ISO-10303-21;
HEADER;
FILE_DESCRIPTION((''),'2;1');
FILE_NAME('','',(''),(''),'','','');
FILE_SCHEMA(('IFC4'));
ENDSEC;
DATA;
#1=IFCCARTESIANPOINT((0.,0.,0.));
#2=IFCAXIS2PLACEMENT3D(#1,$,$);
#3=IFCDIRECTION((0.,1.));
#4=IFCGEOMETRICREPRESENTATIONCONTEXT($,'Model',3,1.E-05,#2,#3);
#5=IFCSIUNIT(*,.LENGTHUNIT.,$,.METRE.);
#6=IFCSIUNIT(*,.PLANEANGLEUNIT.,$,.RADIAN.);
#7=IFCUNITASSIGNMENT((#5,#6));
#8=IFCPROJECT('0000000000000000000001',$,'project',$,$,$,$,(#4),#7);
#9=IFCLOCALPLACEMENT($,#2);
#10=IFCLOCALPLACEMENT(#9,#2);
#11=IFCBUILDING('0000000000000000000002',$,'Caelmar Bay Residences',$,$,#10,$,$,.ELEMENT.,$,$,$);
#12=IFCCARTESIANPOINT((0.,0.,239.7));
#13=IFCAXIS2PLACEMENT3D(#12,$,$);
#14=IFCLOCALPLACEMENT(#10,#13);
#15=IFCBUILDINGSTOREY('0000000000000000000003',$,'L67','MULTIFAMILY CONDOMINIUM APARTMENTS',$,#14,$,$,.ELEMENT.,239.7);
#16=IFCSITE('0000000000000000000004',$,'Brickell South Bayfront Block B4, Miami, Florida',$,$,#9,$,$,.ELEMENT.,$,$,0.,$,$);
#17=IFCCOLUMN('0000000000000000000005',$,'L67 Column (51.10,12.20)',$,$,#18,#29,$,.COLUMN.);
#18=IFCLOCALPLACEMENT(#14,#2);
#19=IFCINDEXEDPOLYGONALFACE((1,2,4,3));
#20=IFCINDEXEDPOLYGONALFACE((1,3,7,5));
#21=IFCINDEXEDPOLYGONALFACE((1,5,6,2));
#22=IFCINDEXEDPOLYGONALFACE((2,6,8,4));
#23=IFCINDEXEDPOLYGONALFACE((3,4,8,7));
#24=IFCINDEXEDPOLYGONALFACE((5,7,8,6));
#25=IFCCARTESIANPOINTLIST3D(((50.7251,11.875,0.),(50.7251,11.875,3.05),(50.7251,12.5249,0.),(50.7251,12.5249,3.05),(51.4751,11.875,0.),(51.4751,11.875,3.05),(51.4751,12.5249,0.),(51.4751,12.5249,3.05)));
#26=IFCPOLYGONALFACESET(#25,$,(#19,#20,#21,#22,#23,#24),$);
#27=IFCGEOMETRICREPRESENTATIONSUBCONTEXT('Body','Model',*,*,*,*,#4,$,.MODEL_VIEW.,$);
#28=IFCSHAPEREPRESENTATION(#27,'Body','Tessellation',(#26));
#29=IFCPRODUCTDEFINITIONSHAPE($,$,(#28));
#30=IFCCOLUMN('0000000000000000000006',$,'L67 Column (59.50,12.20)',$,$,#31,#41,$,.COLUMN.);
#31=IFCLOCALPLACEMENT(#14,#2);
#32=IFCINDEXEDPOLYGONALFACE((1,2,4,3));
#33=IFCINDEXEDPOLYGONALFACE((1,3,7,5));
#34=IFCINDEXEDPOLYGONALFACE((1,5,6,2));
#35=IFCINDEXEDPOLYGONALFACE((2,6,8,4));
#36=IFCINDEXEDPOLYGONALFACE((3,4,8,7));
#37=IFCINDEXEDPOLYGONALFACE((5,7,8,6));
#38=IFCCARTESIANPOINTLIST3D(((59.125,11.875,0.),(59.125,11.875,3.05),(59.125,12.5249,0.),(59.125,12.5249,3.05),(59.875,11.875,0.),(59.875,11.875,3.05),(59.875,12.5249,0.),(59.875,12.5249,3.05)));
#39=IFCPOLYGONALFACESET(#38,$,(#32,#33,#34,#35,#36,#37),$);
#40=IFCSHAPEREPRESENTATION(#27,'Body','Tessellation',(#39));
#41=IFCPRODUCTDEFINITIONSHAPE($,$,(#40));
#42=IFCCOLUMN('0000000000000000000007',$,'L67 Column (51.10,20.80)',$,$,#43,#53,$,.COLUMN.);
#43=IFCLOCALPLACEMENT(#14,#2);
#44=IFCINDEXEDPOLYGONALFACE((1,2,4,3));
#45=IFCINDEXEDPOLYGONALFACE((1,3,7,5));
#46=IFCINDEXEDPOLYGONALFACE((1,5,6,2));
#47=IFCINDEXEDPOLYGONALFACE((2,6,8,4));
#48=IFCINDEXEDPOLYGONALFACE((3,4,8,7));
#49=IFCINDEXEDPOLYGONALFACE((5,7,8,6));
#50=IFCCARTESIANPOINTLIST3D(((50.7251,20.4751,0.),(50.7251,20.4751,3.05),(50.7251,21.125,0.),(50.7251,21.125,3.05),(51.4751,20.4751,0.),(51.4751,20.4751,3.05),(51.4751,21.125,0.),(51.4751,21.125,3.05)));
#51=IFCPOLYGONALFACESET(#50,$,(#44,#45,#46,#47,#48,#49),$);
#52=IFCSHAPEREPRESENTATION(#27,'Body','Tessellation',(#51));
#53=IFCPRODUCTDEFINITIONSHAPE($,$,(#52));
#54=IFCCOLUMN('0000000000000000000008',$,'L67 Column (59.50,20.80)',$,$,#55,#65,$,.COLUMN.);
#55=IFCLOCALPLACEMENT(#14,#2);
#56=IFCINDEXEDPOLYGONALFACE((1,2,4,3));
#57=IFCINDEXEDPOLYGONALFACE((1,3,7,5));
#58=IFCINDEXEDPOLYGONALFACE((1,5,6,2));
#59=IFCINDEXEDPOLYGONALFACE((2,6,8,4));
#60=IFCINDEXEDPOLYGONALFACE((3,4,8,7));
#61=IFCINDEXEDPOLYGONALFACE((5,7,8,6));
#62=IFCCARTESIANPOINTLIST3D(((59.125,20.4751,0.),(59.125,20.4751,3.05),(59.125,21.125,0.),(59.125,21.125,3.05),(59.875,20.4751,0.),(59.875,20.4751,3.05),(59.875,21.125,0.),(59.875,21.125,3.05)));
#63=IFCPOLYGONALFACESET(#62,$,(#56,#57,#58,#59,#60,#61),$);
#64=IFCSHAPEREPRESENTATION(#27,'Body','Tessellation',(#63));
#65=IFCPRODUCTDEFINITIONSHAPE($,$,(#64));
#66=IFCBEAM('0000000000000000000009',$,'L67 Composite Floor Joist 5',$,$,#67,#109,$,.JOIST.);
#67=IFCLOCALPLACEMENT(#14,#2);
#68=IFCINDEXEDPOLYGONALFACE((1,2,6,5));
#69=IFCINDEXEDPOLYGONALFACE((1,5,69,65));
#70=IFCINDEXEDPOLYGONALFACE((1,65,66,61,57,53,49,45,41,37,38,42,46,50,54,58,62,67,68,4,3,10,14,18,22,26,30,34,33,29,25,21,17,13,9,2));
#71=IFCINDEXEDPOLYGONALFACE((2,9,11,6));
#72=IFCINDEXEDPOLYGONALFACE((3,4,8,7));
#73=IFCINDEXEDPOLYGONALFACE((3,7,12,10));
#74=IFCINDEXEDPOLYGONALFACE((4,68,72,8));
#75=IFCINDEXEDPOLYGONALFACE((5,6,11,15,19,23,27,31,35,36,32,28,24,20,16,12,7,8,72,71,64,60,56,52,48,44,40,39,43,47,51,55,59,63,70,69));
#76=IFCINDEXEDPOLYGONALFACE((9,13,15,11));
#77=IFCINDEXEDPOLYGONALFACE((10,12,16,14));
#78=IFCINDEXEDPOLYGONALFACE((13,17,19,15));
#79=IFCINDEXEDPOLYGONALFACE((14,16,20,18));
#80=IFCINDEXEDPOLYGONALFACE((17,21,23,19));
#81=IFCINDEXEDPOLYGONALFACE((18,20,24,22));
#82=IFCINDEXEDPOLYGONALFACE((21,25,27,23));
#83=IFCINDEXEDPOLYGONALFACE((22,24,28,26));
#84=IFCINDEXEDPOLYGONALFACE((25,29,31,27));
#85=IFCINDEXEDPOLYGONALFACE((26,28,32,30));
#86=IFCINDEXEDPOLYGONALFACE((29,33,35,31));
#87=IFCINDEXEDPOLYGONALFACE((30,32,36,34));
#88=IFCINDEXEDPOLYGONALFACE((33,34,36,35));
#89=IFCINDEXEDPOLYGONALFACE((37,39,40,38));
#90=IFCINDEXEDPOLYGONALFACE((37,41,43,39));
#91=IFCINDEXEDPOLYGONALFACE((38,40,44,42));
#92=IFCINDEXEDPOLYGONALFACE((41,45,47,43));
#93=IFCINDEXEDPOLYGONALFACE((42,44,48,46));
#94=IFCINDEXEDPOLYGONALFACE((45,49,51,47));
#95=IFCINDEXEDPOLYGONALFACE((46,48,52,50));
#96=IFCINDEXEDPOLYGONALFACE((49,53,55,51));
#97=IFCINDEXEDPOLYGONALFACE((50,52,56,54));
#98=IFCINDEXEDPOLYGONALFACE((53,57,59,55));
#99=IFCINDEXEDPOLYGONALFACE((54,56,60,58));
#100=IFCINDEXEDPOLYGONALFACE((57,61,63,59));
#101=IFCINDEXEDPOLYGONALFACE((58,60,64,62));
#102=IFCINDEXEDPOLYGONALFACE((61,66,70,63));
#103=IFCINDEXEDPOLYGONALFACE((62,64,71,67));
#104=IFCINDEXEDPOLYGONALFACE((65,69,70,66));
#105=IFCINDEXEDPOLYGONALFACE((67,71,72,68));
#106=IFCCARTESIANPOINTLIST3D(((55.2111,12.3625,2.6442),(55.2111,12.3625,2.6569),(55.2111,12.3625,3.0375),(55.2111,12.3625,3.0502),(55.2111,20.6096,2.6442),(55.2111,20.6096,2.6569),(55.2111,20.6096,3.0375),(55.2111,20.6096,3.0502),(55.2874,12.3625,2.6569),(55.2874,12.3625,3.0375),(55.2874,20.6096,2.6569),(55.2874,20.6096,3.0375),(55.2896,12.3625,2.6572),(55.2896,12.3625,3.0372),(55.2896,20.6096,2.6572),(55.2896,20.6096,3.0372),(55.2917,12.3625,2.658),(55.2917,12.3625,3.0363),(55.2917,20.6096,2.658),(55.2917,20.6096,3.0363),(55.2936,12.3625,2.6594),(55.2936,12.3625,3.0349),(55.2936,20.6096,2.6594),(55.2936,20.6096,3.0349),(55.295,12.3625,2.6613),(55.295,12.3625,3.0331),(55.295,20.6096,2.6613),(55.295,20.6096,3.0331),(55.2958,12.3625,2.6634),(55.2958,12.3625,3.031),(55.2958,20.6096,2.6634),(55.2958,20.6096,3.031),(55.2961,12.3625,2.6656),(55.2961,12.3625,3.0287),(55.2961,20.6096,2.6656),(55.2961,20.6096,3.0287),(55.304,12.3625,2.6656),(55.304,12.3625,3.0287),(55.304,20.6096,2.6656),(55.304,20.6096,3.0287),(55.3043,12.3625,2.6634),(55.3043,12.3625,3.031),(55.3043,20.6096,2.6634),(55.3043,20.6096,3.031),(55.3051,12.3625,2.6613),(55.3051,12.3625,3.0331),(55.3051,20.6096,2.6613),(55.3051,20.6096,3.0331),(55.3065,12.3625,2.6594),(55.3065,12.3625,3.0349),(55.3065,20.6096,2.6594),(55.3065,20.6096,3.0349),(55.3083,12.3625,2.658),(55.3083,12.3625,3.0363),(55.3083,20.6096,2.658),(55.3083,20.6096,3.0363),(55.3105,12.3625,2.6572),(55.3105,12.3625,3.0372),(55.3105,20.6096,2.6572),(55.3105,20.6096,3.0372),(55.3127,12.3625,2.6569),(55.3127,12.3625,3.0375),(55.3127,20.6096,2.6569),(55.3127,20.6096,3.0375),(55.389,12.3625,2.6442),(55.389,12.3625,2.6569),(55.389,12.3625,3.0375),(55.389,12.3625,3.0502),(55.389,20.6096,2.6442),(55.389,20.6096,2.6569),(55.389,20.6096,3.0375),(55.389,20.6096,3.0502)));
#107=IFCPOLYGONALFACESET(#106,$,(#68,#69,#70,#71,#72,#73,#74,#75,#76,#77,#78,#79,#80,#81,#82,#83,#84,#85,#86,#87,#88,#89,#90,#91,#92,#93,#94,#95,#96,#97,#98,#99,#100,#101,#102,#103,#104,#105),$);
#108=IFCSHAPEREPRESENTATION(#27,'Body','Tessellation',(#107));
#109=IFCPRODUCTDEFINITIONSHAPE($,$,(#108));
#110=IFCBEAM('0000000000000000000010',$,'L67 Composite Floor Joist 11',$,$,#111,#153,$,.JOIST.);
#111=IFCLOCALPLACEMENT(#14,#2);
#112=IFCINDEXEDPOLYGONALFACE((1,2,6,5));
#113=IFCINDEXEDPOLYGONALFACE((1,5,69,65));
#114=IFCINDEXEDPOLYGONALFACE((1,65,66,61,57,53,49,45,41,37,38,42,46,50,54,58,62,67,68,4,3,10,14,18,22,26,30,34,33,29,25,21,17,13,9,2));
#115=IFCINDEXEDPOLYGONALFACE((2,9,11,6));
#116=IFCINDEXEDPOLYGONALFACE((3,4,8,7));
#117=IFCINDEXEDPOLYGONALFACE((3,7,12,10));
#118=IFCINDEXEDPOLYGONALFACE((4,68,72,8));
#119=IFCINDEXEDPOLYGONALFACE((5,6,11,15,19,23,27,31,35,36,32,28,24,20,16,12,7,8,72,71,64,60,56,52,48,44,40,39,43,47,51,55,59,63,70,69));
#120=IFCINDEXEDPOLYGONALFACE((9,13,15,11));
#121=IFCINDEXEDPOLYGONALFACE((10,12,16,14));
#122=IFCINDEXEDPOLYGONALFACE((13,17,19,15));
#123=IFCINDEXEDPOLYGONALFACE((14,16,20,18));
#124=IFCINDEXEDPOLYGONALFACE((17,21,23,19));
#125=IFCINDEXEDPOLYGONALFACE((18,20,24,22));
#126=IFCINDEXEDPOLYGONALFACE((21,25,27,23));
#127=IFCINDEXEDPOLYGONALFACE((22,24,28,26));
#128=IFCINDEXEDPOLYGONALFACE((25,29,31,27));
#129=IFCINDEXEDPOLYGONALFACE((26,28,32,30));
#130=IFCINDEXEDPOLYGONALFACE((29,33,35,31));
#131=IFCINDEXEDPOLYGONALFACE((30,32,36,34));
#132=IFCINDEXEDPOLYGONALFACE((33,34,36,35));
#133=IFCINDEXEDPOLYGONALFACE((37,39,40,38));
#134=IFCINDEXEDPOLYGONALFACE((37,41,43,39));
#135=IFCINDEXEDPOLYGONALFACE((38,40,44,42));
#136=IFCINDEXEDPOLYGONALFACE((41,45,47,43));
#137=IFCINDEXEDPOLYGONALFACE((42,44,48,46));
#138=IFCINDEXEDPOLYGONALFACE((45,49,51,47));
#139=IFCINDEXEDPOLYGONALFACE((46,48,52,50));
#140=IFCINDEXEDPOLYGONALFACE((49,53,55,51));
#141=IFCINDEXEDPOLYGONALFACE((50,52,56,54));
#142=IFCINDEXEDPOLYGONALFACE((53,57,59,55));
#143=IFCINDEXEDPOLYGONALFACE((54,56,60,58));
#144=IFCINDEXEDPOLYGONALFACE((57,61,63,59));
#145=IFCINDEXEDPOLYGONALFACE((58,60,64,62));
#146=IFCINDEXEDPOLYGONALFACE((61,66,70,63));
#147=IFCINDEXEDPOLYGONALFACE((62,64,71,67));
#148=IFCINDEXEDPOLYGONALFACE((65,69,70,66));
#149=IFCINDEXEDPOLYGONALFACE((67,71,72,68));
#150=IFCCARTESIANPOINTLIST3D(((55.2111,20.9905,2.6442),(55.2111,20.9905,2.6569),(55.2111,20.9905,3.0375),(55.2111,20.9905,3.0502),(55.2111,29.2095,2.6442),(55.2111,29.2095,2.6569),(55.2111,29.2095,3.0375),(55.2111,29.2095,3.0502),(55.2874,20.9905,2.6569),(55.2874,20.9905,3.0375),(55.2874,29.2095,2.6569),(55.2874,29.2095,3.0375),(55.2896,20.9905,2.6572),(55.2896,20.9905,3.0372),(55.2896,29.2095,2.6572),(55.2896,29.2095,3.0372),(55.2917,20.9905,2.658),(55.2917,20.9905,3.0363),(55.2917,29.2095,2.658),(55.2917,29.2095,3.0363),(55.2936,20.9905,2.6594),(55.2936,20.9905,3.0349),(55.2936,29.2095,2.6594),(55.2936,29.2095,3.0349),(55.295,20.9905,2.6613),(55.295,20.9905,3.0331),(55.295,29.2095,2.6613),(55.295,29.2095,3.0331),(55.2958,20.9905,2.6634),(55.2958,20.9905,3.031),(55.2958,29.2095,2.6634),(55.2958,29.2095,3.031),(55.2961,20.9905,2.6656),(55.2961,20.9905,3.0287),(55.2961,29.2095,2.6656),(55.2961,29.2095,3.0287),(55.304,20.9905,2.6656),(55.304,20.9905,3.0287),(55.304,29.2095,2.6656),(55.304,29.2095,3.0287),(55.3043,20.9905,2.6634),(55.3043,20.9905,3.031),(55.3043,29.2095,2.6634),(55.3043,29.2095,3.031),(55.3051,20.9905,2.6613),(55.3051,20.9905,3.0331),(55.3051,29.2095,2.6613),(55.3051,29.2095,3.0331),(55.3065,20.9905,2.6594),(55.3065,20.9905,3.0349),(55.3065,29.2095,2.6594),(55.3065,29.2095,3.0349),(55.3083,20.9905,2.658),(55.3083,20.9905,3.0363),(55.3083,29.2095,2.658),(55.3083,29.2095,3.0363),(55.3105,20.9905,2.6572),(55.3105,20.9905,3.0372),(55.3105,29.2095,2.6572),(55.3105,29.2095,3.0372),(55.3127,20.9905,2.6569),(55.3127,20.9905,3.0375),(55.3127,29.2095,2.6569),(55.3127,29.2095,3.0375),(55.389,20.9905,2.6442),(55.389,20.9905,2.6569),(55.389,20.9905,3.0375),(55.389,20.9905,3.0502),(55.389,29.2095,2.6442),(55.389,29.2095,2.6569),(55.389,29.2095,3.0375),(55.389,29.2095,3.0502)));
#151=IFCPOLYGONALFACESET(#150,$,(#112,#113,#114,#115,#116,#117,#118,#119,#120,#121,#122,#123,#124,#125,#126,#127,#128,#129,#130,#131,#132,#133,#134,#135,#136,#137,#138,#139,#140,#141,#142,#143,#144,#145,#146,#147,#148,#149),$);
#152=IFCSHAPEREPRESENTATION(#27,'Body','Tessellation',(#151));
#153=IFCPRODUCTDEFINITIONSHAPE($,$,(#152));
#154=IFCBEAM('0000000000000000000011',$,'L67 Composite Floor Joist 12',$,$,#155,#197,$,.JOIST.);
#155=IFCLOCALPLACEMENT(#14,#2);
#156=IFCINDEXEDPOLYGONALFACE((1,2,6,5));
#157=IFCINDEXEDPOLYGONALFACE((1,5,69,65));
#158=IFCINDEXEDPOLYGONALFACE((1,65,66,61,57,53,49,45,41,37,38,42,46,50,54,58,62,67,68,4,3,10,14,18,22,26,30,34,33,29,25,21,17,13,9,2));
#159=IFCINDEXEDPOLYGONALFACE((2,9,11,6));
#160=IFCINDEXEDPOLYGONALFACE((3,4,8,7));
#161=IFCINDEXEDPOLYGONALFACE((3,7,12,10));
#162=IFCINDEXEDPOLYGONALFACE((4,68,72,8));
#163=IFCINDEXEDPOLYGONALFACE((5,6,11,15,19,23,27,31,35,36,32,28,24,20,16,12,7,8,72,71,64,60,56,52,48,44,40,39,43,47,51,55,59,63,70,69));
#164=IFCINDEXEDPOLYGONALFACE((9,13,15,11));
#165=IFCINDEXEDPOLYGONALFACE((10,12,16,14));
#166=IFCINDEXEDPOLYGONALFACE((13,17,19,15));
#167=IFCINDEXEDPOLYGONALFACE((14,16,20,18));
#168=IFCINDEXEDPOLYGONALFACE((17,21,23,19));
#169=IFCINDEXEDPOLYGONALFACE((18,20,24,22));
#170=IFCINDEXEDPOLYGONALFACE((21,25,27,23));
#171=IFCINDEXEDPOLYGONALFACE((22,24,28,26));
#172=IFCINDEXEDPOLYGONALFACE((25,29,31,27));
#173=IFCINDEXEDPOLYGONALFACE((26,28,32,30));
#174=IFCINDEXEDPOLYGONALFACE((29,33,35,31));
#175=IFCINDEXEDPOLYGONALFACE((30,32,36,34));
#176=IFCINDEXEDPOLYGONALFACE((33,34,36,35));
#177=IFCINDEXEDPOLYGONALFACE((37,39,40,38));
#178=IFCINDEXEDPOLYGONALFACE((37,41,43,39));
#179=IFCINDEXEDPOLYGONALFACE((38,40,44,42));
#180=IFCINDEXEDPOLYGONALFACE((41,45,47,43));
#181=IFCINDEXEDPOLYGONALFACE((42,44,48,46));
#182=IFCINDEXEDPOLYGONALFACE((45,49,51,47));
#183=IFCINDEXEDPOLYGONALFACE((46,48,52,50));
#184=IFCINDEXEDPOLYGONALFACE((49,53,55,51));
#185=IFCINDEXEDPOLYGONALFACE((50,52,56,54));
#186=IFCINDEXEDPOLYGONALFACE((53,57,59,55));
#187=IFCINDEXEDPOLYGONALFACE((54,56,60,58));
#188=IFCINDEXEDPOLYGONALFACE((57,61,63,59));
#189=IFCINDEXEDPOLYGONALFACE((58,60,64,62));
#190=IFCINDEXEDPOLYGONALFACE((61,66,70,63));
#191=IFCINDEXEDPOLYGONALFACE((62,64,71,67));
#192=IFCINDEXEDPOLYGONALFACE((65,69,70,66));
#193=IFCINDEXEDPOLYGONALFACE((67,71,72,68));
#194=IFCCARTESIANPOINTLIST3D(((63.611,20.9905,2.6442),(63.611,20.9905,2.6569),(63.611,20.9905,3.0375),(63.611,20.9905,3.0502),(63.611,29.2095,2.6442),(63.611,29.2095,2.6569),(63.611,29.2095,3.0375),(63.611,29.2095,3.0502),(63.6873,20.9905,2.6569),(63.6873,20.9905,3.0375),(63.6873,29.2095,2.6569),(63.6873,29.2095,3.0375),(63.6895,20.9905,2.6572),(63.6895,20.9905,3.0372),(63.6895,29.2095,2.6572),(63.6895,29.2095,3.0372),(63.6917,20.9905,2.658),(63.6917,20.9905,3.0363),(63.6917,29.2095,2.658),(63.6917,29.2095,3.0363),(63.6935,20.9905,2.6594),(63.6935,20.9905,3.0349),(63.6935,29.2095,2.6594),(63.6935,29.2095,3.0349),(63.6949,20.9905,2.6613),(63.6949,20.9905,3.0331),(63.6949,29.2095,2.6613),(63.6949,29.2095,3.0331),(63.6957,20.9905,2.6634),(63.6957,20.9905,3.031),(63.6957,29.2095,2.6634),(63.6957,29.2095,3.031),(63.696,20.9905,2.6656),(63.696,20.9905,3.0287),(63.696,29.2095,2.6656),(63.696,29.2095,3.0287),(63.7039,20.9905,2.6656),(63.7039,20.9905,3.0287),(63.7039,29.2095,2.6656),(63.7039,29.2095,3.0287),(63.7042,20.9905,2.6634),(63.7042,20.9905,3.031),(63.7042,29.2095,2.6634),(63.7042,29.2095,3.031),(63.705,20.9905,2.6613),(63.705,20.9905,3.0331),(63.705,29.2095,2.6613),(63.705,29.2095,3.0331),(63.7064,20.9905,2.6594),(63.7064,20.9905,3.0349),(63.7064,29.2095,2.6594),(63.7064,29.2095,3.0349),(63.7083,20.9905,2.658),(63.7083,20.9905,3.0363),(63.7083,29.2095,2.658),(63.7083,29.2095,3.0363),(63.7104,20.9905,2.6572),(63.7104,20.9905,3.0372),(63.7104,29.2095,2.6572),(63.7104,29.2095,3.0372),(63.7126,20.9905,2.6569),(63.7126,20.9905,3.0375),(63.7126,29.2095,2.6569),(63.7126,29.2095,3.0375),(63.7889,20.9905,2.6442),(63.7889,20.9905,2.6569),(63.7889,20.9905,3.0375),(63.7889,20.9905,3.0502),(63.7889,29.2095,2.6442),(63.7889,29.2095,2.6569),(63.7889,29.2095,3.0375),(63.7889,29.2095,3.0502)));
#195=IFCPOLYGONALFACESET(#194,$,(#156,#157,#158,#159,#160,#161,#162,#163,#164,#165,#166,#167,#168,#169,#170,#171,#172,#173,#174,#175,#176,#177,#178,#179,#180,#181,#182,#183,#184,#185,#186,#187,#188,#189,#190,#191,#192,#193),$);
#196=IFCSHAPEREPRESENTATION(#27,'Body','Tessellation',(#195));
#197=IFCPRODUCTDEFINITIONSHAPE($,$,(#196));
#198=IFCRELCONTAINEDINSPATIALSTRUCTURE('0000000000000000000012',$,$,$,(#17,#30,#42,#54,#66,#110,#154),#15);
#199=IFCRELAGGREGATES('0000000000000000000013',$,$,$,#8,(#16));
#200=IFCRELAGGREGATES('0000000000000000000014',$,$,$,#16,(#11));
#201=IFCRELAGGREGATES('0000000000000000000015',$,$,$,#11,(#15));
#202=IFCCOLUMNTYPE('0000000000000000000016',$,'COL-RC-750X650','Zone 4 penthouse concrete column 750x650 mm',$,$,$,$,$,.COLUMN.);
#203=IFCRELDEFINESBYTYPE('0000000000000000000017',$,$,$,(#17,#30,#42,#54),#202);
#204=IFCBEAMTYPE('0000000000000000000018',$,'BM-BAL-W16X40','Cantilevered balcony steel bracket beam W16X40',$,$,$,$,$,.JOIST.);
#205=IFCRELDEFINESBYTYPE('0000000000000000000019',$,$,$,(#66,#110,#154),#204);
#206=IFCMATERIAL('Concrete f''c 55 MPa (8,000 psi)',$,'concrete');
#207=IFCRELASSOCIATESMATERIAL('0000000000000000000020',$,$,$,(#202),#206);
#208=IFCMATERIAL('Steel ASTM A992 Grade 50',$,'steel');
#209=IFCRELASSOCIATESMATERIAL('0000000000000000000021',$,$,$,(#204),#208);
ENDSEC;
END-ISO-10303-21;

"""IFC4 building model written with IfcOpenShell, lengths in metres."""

from ifc_helpers import new_model, si_unit, direction, frame, origin, origin_2d, place, context, subcontext, project, spatial, rectangle, i_section, extrude, material, material_profile, profile_set, type_object, element, save


model = new_model("IFC4")

# Units and contexts
model_context = context("Model", 3, precision=1e-05, world=origin(), true_north=direction((0.0, 1.0)))
body_context = subcontext(model_context, "Body", "Model", "MODEL_VIEW")
ifc_project = project(units=[si_unit("LENGTHUNIT", "METRE"), si_unit("PLANEANGLEUNIT", "RADIAN")], contexts=[model_context])

# Site, building, storey
site_placement = place(None, origin())
site = spatial("IfcSite", under=ifc_project, at=site_placement, Name="Brickell South Bayfront Block B4, Miami, Florida", CompositionType="ELEMENT", RefElevation=0.0)
building_placement = place(site_placement, origin())
building = spatial("IfcBuilding", under=site, at=building_placement, Name="Caelmar Bay Residences", CompositionType="ELEMENT")
storey_placement = place(building_placement, frame((0.0, 0.0, 239.7)))
storey = spatial("IfcBuildingStorey", under=building, at=storey_placement, Name="L67", Description="MULTIFAMILY CONDOMINIUM APARTMENTS", CompositionType="ELEMENT", Elevation=239.7)

# Columns
ifc_material_1 = material(Name="Concrete f'c 55 MPa (8,000 psi)", Category="concrete")
ifc_material_profile_1 = material_profile(ifc_material_1, rectangle(XDim=0.75, YDim=0.6499, at=origin_2d()), Name="RC-COL-750X650")
ifc_profile_set_1 = profile_set([ifc_material_profile_1], Name="Concrete f'c 55 MPa (8,000 psi)")
column_type = type_object("IfcColumnType", Name="COL-RC-750X650", Description="Zone 4 penthouse concrete column 750x650 mm", PredefinedType="COLUMN", material=ifc_profile_set_1)
for number, where, z_axis, x_axis, name in (
    (1, (51.1001, 12.2, 0.0), (0.0, 0.0, 1.0), (1.0, 0.0, 0.0), "L67 Column (51.10,12.20)"),
    (2, (59.5, 12.2, 0.0), (0.0, 0.0, 1.0), (1.0, 0.0, 0.0), "L67 Column (59.50,12.20)"),
    (3, (51.1001, 20.8, 0.0), (0.0, 0.0, 1.0), (1.0, 0.0, 0.0), "L67 Column (51.10,20.80)"),
    (4, (59.5, 20.8, 0.0), (0.0, 0.0, 1.0), (1.0, 0.0, 0.0), "L67 Column (59.50,20.80)"),
):
    element("IfcColumn", number, at=place(storey_placement, frame(where, z_axis=z_axis, x_axis=x_axis)), inside=storey, type_object=column_type, Name=name, PredefinedType="COLUMN", context=body_context, shape_type="SweptSolid", body=[
        extrude(rectangle(XDim=0.75, YDim=0.6499, at=origin_2d()), origin(), (0.0, 0.0, 1.0), 3.05),
    ])

# Beams
ifc_material_2 = material(Name="Steel ASTM A992 Grade 50", Category="steel")
ifc_material_profile_2 = material_profile(ifc_material_2, i_section(OverallWidth=0.178, OverallDepth=0.406, WebThickness=0.0078, FlangeThickness=0.0127, FilletRadius=0.0088, at=origin_2d()), Name="W16X40")
ifc_profile_set_2 = profile_set([ifc_material_profile_2], Name="Steel ASTM A992 Grade 50")
beam_type_1 = type_object("IfcBeamType", Name="BM-BAL-W16X40", Description="Cantilevered balcony steel bracket beam W16X40", PredefinedType="JOIST", material=ifc_profile_set_2)
beam_1_placement = place(storey_placement, frame((55.3, 12.3625, 2.8472), z_axis=(0.0, 1.0, 0.0), x_axis=(-1.0, 0.0, 0.0)))
element("IfcBeam", 5, at=beam_1_placement, inside=storey, type_object=beam_type_1, Name="L67 Composite Floor Joist 5", PredefinedType="JOIST", context=body_context, shape_type="SweptSolid", body=[
    extrude(i_section(OverallWidth=0.178, OverallDepth=0.406, WebThickness=0.0078, FlangeThickness=0.0127, FilletRadius=0.0088, at=origin_2d()), origin(), (0.0, 0.0, 1.0), 8.2471),
])
for number, where, z_axis, x_axis, name in (
    (6, (55.3, 20.9905, 2.8472), (0.0, 1.0, 0.0), (-1.0, 0.0, 0.0), "L67 Composite Floor Joist 11"),
    (7, (63.7, 20.9905, 2.8472), (0.0, 1.0, 0.0), (-1.0, 0.0, 0.0), "L67 Composite Floor Joist 12"),
):
    element("IfcBeam", number, at=place(storey_placement, frame(where, z_axis=z_axis, x_axis=x_axis)), inside=storey, type_object=beam_type_1, Name=name, PredefinedType="JOIST", context=body_context, shape_type="SweptSolid", body=[
        extrude(i_section(OverallWidth=0.178, OverallDepth=0.406, WebThickness=0.0078, FlangeThickness=0.0127, FilletRadius=0.0088, at=origin_2d()), origin(), (0.0, 0.0, 1.0), 8.219),
    ])

save(model, "model.ifc")
